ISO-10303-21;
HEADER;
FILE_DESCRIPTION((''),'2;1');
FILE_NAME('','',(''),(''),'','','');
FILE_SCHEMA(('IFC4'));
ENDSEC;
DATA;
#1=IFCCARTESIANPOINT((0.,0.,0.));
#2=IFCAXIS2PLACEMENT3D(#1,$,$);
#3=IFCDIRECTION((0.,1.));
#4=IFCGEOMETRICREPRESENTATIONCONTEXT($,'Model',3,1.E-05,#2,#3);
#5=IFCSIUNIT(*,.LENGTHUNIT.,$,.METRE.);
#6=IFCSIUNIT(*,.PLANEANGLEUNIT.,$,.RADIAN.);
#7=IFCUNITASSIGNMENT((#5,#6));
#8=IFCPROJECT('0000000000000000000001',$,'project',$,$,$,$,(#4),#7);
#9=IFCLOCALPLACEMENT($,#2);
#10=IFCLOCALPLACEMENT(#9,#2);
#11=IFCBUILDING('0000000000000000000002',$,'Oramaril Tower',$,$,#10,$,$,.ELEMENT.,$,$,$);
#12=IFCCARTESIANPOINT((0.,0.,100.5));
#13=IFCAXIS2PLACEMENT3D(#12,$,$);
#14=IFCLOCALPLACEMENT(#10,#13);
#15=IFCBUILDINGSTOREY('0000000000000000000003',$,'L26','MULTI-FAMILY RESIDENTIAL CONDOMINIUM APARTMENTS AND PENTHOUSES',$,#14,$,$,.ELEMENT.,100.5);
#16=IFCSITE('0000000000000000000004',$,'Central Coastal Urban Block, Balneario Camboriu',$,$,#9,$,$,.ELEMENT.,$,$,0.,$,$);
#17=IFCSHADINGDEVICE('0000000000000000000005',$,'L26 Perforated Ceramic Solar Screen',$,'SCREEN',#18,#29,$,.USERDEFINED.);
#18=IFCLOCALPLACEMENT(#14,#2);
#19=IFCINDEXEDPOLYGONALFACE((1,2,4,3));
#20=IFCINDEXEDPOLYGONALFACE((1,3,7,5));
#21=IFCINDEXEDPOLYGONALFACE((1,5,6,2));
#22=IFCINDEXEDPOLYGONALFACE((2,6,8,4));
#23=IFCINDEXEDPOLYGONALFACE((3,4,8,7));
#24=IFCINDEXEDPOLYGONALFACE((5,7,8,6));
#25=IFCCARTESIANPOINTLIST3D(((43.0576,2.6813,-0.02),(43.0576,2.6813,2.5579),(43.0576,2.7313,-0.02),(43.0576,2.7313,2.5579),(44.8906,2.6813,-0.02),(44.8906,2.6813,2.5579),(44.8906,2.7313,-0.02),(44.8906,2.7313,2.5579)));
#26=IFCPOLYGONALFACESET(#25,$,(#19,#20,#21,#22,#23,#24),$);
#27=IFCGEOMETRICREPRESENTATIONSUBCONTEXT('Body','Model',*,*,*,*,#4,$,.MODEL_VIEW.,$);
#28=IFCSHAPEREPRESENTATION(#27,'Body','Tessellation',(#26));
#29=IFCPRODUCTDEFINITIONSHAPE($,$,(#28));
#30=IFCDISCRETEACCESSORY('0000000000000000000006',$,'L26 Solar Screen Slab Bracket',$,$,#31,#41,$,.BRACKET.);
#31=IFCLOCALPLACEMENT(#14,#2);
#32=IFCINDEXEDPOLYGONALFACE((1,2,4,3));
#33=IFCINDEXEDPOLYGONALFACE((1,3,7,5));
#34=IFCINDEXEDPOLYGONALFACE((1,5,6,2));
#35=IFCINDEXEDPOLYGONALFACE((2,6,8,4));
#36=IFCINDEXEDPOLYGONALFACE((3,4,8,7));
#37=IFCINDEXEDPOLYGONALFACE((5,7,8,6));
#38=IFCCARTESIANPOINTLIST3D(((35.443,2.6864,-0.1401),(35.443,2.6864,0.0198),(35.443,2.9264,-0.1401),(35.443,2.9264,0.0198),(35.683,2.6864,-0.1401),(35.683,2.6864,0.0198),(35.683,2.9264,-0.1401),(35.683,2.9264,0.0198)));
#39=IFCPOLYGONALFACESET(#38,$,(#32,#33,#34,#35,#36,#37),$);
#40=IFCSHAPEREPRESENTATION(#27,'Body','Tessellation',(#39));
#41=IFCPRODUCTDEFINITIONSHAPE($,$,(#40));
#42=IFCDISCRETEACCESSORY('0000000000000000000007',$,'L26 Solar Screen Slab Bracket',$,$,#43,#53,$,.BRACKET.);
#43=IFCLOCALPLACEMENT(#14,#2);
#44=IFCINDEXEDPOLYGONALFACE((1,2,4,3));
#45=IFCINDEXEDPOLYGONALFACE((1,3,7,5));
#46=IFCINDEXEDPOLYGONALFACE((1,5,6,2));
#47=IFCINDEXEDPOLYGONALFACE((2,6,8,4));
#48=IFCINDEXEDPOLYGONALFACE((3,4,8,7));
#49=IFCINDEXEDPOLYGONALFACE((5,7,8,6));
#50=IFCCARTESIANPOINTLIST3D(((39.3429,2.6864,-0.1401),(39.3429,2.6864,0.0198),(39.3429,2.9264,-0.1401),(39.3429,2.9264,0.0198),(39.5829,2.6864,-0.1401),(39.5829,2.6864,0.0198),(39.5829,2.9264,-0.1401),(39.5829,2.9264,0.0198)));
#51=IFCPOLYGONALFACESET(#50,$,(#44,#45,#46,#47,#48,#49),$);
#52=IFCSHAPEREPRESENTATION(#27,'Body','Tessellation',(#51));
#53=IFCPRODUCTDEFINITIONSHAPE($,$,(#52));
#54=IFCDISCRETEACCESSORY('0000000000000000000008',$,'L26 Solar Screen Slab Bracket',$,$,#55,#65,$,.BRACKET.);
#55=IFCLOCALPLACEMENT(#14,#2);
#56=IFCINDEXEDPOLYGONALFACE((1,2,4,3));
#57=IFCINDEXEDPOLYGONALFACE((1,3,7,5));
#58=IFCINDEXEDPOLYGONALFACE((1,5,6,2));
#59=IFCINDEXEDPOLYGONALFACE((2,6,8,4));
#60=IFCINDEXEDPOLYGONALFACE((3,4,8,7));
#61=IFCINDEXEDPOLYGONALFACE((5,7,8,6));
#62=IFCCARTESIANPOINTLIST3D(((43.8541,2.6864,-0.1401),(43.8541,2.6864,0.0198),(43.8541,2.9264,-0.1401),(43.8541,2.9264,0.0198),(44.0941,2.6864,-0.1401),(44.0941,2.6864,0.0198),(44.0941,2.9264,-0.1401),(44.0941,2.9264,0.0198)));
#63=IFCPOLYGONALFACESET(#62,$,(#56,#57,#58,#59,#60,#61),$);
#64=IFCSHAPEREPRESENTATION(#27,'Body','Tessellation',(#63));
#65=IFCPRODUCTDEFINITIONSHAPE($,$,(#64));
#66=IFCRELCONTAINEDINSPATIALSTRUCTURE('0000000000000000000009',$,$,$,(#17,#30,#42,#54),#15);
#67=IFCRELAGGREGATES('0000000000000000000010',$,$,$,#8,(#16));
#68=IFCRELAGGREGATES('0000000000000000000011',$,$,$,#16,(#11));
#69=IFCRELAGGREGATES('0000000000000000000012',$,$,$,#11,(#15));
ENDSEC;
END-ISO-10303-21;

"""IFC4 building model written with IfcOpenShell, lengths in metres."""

from ifc_helpers import new_model, si_unit, direction, frame, origin, origin_2d, place, context, subcontext, project, spatial, rectangle, extrude, element, save


model = new_model("IFC4")

# Units and contexts
model_context = context("Model", 3, precision=1e-05, world=origin(), true_north=direction((0.0, 1.0)))
body_context = subcontext(model_context, "Body", "Model", "MODEL_VIEW")
ifc_project = project(units=[si_unit("LENGTHUNIT", "METRE"), si_unit("PLANEANGLEUNIT", "RADIAN")], contexts=[model_context])

# Site, building, storey
site_placement = place(None, origin())
site = spatial("IfcSite", under=ifc_project, at=site_placement, Name="Central Coastal Urban Block, Balneario Camboriu", CompositionType="ELEMENT", RefElevation=0.0)
building_placement = place(site_placement, origin())
building = spatial("IfcBuilding", under=site, at=building_placement, Name="Oramaril Tower", CompositionType="ELEMENT")
storey_placement = place(building_placement, frame((0.0, 0.0, 100.5)))
storey = spatial("IfcBuildingStorey", under=building, at=storey_placement, Name="L26", Description="MULTI-FAMILY RESIDENTIAL CONDOMINIUM APARTMENTS AND PENTHOUSES", CompositionType="ELEMENT", Elevation=100.5)

# Shading device
for number, where, z_axis, x_axis, name in (
    (1, (43.9741, 2.7063, -0.02), (0.0, 0.0, 1.0), (1.0, 0.0, 0.0), "L26 Perforated Ceramic Solar Screen"),
):
    element("IfcShadingDevice", number, at=place(storey_placement, frame(where, z_axis=z_axis, x_axis=x_axis)), inside=storey, Name=name, ObjectType="SCREEN", PredefinedType="USERDEFINED", context=body_context, shape_type="SweptSolid", body=[
        extrude(rectangle(XDim=1.833, YDim=0.05, at=origin_2d()), origin(), (0.0, 0.0, 1.0), 2.5779),
    ])

# Discrete accessories
for number, where, z_axis, x_axis, name in (
    (2, (35.563, 2.8064, -0.1401), (0.0, 0.0, 1.0), (1.0, 0.0, 0.0), "L26 Solar Screen Slab Bracket"),
    (3, (39.4629, 2.8064, -0.1401), (0.0, 0.0, 1.0), (1.0, 0.0, 0.0), "L26 Solar Screen Slab Bracket"),
    (4, (43.9741, 2.8064, -0.1401), (0.0, 0.0, 1.0), (1.0, 0.0, 0.0), "L26 Solar Screen Slab Bracket"),
):
    element("IfcDiscreteAccessory", number, at=place(storey_placement, frame(where, z_axis=z_axis, x_axis=x_axis)), inside=storey, Name=name, PredefinedType="BRACKET", context=body_context, shape_type="SweptSolid", body=[
        extrude(rectangle(XDim=0.24, YDim=0.24, at=origin_2d()), origin(), (0.0, 0.0, 1.0), 0.1599),
    ])

save(model, "model.ifc")
